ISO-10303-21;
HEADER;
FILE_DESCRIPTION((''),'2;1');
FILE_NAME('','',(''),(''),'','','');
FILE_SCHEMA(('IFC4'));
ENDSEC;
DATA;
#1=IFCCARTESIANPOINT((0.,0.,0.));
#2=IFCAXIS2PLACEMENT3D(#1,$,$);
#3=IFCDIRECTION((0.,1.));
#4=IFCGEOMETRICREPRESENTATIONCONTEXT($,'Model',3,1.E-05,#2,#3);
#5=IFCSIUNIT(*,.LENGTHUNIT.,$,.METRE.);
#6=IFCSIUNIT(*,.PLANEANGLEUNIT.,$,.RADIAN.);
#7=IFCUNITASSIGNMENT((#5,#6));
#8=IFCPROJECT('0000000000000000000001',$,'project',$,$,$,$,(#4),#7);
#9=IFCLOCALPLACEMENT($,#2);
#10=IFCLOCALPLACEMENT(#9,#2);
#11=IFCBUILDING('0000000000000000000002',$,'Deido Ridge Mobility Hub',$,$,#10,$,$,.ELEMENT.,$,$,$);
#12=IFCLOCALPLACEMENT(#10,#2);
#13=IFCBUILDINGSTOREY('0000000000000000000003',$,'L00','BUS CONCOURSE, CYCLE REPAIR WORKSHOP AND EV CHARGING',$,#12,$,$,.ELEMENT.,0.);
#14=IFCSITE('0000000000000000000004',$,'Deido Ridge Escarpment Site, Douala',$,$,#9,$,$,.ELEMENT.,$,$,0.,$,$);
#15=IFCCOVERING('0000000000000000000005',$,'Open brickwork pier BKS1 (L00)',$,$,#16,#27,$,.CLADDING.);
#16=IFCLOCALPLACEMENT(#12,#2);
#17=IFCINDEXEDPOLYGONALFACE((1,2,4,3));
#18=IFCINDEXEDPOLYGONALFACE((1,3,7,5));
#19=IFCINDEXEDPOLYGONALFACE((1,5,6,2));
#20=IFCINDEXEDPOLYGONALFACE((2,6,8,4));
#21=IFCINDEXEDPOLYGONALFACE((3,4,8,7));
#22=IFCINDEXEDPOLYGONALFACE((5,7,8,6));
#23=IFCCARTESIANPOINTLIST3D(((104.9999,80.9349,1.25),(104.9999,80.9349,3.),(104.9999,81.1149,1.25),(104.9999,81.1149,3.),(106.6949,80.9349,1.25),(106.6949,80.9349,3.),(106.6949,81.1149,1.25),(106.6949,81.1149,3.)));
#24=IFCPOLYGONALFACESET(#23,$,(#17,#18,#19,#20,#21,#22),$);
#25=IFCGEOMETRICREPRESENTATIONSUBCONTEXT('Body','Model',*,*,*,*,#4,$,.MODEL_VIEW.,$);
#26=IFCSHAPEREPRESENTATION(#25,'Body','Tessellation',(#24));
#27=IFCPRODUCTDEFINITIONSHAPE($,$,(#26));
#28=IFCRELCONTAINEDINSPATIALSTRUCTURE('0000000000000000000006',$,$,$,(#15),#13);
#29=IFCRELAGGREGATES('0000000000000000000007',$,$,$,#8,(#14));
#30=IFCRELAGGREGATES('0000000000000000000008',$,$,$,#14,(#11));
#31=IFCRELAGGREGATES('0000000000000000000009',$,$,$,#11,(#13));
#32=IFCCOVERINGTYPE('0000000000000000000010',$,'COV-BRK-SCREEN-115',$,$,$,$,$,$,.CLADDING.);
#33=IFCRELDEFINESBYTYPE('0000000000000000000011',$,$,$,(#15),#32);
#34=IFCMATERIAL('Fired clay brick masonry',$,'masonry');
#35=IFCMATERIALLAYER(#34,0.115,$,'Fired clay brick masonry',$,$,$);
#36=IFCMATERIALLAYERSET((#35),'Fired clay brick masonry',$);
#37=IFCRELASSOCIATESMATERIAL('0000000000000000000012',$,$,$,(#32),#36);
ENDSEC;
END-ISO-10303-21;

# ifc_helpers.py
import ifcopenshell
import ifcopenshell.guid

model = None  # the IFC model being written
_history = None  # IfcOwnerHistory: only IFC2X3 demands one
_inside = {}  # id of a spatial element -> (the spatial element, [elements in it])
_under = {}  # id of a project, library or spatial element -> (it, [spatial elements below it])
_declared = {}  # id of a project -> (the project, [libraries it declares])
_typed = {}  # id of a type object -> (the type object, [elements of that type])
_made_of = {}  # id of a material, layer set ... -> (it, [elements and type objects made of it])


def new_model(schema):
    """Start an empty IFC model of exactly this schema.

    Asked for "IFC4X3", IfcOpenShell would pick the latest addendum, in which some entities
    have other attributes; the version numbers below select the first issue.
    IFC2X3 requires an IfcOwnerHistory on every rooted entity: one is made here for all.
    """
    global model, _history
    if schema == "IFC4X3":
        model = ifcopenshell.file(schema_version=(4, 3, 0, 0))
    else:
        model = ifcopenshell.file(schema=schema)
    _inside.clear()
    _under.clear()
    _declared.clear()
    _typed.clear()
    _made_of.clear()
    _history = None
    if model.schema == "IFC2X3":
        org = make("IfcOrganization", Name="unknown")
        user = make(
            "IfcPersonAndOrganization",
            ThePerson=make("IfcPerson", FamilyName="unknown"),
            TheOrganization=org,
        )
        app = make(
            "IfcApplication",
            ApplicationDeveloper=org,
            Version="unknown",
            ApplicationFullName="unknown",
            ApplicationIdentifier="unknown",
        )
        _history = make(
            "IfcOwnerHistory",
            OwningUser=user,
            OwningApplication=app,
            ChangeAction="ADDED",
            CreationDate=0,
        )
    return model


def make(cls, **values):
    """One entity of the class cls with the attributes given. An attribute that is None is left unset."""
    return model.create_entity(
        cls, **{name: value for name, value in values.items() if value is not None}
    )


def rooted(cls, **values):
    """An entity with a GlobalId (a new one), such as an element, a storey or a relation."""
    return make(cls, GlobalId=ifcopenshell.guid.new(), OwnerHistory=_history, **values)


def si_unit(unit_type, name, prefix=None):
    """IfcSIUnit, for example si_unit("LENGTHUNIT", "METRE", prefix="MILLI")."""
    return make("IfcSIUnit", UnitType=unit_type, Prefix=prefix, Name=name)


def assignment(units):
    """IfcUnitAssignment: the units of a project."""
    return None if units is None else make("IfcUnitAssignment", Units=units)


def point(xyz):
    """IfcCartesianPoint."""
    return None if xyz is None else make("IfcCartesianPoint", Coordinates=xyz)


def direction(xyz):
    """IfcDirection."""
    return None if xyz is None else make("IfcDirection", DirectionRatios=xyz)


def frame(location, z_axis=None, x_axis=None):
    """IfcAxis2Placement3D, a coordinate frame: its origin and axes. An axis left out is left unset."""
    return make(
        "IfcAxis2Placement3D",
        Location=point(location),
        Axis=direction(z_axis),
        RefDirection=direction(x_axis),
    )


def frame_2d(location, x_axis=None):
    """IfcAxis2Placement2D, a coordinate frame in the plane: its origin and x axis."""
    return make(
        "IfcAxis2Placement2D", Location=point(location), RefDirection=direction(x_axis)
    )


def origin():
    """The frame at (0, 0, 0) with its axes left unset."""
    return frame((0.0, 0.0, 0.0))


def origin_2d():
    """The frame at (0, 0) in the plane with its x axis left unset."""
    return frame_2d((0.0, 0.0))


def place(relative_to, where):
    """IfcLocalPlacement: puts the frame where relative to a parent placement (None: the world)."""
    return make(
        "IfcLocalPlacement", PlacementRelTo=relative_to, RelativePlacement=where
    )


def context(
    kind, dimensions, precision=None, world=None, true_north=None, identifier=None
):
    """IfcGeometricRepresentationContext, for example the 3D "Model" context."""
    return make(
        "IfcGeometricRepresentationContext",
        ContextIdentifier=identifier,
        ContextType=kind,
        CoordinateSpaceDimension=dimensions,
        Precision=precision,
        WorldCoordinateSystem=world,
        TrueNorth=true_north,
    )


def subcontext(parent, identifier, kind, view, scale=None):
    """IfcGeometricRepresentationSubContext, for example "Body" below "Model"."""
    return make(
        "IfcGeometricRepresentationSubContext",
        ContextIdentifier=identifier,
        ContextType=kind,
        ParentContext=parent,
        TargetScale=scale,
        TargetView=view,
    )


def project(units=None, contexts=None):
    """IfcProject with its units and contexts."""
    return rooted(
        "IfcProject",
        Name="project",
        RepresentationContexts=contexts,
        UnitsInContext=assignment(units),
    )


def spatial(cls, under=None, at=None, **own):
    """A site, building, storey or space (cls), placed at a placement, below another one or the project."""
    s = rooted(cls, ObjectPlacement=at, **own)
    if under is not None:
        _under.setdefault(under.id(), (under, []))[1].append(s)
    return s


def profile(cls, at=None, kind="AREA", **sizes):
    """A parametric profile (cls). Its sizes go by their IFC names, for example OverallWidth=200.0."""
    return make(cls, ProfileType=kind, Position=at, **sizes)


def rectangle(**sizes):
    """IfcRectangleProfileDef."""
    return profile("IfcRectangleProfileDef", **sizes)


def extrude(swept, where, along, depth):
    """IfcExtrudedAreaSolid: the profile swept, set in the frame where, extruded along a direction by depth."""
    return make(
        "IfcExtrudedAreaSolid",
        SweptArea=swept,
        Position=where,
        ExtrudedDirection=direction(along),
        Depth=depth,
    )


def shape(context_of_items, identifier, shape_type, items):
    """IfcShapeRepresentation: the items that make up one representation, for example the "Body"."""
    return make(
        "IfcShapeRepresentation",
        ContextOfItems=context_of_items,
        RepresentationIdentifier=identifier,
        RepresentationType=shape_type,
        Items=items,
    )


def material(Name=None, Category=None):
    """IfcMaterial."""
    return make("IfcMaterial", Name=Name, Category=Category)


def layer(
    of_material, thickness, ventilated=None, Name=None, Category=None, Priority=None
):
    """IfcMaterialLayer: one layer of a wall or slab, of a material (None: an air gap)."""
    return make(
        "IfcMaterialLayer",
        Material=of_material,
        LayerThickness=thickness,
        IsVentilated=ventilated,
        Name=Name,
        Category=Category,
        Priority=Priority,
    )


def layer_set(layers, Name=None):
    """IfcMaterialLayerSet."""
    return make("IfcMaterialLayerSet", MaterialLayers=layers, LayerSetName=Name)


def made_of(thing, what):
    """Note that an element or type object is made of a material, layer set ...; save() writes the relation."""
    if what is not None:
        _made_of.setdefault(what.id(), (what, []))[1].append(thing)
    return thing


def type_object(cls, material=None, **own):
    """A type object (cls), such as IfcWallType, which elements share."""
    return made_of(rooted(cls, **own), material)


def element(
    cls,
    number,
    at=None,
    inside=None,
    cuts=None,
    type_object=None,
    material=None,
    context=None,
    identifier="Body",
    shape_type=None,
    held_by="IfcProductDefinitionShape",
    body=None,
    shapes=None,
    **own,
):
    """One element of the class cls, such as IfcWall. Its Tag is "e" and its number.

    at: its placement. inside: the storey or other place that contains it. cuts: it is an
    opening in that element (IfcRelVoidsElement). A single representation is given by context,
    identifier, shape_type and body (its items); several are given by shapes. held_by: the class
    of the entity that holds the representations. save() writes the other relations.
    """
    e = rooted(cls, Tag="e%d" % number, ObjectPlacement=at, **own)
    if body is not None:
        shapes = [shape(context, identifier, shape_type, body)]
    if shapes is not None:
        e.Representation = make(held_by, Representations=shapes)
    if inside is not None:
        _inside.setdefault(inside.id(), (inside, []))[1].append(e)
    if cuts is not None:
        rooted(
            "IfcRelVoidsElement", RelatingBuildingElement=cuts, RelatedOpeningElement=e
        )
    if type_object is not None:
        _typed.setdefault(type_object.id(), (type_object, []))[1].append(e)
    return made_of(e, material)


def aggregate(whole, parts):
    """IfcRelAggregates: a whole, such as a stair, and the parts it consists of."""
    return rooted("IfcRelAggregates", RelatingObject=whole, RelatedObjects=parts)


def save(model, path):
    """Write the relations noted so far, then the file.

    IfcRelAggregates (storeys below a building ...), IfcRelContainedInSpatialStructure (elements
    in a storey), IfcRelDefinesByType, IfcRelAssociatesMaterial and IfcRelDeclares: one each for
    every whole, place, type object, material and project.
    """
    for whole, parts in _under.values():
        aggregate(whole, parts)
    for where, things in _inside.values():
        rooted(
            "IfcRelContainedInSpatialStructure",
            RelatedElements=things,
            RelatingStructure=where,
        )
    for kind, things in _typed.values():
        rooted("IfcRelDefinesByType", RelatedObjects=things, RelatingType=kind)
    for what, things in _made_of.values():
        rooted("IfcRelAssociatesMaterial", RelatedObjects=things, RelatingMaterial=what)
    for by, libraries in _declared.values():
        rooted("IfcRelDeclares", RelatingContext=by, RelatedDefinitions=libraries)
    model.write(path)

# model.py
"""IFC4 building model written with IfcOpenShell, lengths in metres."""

from ifc_helpers import new_model, si_unit, direction, frame, origin, origin_2d, place, context, subcontext, project, spatial, rectangle, extrude, material, layer, layer_set, type_object, element, save


model = new_model("IFC4")

# Units and contexts
model_context = context("Model", 3, precision=1e-05, world=origin(), true_north=direction((0.0, 1.0)))
body_context = subcontext(model_context, "Body", "Model", "MODEL_VIEW")
ifc_project = project(units=[si_unit("LENGTHUNIT", "METRE"), si_unit("PLANEANGLEUNIT", "RADIAN")], contexts=[model_context])

# Site, building, storey
site_placement = place(None, origin())
site = spatial("IfcSite", under=ifc_project, at=site_placement, Name="Deido Ridge Escarpment Site, Douala", CompositionType="ELEMENT", RefElevation=0.0)
building_placement = place(site_placement, origin())
building = spatial("IfcBuilding", under=site, at=building_placement, Name="Deido Ridge Mobility Hub", CompositionType="ELEMENT")
storey_placement = place(building_placement, origin())
storey = spatial("IfcBuildingStorey", under=building, at=storey_placement, Name="L00", Description="BUS CONCOURSE, CYCLE REPAIR WORKSHOP AND EV CHARGING", CompositionType="ELEMENT", Elevation=0.0)

# Covering
ifc_material_1 = material(Name="Fired clay brick masonry", Category="masonry")
ifc_layer_1 = layer(ifc_material_1, 0.115, Name="Fired clay brick masonry")
ifc_layer_set_1 = layer_set([ifc_layer_1], Name="Fired clay brick masonry")
covering_type = type_object("IfcCoveringType", Name="COV-BRK-SCREEN-115", PredefinedType="CLADDING", material=ifc_layer_set_1)
covering_1_placement = place(storey_placement, frame((105.8474, 81.0249, 1.25), z_axis=(0.0, 0.0, 1.0), x_axis=(1.0, 0.0, 0.0)))
element("IfcCovering", 1, at=covering_1_placement, inside=storey, type_object=covering_type, Name="Open brickwork pier BKS1 (L00)", PredefinedType="CLADDING", context=body_context, shape_type="SweptSolid", body=[
    extrude(rectangle(XDim=1.6951, YDim=0.1799, at=origin_2d()), origin(), (0.0, 0.0, 1.0), 1.75),
])

save(model, "model.ifc")
